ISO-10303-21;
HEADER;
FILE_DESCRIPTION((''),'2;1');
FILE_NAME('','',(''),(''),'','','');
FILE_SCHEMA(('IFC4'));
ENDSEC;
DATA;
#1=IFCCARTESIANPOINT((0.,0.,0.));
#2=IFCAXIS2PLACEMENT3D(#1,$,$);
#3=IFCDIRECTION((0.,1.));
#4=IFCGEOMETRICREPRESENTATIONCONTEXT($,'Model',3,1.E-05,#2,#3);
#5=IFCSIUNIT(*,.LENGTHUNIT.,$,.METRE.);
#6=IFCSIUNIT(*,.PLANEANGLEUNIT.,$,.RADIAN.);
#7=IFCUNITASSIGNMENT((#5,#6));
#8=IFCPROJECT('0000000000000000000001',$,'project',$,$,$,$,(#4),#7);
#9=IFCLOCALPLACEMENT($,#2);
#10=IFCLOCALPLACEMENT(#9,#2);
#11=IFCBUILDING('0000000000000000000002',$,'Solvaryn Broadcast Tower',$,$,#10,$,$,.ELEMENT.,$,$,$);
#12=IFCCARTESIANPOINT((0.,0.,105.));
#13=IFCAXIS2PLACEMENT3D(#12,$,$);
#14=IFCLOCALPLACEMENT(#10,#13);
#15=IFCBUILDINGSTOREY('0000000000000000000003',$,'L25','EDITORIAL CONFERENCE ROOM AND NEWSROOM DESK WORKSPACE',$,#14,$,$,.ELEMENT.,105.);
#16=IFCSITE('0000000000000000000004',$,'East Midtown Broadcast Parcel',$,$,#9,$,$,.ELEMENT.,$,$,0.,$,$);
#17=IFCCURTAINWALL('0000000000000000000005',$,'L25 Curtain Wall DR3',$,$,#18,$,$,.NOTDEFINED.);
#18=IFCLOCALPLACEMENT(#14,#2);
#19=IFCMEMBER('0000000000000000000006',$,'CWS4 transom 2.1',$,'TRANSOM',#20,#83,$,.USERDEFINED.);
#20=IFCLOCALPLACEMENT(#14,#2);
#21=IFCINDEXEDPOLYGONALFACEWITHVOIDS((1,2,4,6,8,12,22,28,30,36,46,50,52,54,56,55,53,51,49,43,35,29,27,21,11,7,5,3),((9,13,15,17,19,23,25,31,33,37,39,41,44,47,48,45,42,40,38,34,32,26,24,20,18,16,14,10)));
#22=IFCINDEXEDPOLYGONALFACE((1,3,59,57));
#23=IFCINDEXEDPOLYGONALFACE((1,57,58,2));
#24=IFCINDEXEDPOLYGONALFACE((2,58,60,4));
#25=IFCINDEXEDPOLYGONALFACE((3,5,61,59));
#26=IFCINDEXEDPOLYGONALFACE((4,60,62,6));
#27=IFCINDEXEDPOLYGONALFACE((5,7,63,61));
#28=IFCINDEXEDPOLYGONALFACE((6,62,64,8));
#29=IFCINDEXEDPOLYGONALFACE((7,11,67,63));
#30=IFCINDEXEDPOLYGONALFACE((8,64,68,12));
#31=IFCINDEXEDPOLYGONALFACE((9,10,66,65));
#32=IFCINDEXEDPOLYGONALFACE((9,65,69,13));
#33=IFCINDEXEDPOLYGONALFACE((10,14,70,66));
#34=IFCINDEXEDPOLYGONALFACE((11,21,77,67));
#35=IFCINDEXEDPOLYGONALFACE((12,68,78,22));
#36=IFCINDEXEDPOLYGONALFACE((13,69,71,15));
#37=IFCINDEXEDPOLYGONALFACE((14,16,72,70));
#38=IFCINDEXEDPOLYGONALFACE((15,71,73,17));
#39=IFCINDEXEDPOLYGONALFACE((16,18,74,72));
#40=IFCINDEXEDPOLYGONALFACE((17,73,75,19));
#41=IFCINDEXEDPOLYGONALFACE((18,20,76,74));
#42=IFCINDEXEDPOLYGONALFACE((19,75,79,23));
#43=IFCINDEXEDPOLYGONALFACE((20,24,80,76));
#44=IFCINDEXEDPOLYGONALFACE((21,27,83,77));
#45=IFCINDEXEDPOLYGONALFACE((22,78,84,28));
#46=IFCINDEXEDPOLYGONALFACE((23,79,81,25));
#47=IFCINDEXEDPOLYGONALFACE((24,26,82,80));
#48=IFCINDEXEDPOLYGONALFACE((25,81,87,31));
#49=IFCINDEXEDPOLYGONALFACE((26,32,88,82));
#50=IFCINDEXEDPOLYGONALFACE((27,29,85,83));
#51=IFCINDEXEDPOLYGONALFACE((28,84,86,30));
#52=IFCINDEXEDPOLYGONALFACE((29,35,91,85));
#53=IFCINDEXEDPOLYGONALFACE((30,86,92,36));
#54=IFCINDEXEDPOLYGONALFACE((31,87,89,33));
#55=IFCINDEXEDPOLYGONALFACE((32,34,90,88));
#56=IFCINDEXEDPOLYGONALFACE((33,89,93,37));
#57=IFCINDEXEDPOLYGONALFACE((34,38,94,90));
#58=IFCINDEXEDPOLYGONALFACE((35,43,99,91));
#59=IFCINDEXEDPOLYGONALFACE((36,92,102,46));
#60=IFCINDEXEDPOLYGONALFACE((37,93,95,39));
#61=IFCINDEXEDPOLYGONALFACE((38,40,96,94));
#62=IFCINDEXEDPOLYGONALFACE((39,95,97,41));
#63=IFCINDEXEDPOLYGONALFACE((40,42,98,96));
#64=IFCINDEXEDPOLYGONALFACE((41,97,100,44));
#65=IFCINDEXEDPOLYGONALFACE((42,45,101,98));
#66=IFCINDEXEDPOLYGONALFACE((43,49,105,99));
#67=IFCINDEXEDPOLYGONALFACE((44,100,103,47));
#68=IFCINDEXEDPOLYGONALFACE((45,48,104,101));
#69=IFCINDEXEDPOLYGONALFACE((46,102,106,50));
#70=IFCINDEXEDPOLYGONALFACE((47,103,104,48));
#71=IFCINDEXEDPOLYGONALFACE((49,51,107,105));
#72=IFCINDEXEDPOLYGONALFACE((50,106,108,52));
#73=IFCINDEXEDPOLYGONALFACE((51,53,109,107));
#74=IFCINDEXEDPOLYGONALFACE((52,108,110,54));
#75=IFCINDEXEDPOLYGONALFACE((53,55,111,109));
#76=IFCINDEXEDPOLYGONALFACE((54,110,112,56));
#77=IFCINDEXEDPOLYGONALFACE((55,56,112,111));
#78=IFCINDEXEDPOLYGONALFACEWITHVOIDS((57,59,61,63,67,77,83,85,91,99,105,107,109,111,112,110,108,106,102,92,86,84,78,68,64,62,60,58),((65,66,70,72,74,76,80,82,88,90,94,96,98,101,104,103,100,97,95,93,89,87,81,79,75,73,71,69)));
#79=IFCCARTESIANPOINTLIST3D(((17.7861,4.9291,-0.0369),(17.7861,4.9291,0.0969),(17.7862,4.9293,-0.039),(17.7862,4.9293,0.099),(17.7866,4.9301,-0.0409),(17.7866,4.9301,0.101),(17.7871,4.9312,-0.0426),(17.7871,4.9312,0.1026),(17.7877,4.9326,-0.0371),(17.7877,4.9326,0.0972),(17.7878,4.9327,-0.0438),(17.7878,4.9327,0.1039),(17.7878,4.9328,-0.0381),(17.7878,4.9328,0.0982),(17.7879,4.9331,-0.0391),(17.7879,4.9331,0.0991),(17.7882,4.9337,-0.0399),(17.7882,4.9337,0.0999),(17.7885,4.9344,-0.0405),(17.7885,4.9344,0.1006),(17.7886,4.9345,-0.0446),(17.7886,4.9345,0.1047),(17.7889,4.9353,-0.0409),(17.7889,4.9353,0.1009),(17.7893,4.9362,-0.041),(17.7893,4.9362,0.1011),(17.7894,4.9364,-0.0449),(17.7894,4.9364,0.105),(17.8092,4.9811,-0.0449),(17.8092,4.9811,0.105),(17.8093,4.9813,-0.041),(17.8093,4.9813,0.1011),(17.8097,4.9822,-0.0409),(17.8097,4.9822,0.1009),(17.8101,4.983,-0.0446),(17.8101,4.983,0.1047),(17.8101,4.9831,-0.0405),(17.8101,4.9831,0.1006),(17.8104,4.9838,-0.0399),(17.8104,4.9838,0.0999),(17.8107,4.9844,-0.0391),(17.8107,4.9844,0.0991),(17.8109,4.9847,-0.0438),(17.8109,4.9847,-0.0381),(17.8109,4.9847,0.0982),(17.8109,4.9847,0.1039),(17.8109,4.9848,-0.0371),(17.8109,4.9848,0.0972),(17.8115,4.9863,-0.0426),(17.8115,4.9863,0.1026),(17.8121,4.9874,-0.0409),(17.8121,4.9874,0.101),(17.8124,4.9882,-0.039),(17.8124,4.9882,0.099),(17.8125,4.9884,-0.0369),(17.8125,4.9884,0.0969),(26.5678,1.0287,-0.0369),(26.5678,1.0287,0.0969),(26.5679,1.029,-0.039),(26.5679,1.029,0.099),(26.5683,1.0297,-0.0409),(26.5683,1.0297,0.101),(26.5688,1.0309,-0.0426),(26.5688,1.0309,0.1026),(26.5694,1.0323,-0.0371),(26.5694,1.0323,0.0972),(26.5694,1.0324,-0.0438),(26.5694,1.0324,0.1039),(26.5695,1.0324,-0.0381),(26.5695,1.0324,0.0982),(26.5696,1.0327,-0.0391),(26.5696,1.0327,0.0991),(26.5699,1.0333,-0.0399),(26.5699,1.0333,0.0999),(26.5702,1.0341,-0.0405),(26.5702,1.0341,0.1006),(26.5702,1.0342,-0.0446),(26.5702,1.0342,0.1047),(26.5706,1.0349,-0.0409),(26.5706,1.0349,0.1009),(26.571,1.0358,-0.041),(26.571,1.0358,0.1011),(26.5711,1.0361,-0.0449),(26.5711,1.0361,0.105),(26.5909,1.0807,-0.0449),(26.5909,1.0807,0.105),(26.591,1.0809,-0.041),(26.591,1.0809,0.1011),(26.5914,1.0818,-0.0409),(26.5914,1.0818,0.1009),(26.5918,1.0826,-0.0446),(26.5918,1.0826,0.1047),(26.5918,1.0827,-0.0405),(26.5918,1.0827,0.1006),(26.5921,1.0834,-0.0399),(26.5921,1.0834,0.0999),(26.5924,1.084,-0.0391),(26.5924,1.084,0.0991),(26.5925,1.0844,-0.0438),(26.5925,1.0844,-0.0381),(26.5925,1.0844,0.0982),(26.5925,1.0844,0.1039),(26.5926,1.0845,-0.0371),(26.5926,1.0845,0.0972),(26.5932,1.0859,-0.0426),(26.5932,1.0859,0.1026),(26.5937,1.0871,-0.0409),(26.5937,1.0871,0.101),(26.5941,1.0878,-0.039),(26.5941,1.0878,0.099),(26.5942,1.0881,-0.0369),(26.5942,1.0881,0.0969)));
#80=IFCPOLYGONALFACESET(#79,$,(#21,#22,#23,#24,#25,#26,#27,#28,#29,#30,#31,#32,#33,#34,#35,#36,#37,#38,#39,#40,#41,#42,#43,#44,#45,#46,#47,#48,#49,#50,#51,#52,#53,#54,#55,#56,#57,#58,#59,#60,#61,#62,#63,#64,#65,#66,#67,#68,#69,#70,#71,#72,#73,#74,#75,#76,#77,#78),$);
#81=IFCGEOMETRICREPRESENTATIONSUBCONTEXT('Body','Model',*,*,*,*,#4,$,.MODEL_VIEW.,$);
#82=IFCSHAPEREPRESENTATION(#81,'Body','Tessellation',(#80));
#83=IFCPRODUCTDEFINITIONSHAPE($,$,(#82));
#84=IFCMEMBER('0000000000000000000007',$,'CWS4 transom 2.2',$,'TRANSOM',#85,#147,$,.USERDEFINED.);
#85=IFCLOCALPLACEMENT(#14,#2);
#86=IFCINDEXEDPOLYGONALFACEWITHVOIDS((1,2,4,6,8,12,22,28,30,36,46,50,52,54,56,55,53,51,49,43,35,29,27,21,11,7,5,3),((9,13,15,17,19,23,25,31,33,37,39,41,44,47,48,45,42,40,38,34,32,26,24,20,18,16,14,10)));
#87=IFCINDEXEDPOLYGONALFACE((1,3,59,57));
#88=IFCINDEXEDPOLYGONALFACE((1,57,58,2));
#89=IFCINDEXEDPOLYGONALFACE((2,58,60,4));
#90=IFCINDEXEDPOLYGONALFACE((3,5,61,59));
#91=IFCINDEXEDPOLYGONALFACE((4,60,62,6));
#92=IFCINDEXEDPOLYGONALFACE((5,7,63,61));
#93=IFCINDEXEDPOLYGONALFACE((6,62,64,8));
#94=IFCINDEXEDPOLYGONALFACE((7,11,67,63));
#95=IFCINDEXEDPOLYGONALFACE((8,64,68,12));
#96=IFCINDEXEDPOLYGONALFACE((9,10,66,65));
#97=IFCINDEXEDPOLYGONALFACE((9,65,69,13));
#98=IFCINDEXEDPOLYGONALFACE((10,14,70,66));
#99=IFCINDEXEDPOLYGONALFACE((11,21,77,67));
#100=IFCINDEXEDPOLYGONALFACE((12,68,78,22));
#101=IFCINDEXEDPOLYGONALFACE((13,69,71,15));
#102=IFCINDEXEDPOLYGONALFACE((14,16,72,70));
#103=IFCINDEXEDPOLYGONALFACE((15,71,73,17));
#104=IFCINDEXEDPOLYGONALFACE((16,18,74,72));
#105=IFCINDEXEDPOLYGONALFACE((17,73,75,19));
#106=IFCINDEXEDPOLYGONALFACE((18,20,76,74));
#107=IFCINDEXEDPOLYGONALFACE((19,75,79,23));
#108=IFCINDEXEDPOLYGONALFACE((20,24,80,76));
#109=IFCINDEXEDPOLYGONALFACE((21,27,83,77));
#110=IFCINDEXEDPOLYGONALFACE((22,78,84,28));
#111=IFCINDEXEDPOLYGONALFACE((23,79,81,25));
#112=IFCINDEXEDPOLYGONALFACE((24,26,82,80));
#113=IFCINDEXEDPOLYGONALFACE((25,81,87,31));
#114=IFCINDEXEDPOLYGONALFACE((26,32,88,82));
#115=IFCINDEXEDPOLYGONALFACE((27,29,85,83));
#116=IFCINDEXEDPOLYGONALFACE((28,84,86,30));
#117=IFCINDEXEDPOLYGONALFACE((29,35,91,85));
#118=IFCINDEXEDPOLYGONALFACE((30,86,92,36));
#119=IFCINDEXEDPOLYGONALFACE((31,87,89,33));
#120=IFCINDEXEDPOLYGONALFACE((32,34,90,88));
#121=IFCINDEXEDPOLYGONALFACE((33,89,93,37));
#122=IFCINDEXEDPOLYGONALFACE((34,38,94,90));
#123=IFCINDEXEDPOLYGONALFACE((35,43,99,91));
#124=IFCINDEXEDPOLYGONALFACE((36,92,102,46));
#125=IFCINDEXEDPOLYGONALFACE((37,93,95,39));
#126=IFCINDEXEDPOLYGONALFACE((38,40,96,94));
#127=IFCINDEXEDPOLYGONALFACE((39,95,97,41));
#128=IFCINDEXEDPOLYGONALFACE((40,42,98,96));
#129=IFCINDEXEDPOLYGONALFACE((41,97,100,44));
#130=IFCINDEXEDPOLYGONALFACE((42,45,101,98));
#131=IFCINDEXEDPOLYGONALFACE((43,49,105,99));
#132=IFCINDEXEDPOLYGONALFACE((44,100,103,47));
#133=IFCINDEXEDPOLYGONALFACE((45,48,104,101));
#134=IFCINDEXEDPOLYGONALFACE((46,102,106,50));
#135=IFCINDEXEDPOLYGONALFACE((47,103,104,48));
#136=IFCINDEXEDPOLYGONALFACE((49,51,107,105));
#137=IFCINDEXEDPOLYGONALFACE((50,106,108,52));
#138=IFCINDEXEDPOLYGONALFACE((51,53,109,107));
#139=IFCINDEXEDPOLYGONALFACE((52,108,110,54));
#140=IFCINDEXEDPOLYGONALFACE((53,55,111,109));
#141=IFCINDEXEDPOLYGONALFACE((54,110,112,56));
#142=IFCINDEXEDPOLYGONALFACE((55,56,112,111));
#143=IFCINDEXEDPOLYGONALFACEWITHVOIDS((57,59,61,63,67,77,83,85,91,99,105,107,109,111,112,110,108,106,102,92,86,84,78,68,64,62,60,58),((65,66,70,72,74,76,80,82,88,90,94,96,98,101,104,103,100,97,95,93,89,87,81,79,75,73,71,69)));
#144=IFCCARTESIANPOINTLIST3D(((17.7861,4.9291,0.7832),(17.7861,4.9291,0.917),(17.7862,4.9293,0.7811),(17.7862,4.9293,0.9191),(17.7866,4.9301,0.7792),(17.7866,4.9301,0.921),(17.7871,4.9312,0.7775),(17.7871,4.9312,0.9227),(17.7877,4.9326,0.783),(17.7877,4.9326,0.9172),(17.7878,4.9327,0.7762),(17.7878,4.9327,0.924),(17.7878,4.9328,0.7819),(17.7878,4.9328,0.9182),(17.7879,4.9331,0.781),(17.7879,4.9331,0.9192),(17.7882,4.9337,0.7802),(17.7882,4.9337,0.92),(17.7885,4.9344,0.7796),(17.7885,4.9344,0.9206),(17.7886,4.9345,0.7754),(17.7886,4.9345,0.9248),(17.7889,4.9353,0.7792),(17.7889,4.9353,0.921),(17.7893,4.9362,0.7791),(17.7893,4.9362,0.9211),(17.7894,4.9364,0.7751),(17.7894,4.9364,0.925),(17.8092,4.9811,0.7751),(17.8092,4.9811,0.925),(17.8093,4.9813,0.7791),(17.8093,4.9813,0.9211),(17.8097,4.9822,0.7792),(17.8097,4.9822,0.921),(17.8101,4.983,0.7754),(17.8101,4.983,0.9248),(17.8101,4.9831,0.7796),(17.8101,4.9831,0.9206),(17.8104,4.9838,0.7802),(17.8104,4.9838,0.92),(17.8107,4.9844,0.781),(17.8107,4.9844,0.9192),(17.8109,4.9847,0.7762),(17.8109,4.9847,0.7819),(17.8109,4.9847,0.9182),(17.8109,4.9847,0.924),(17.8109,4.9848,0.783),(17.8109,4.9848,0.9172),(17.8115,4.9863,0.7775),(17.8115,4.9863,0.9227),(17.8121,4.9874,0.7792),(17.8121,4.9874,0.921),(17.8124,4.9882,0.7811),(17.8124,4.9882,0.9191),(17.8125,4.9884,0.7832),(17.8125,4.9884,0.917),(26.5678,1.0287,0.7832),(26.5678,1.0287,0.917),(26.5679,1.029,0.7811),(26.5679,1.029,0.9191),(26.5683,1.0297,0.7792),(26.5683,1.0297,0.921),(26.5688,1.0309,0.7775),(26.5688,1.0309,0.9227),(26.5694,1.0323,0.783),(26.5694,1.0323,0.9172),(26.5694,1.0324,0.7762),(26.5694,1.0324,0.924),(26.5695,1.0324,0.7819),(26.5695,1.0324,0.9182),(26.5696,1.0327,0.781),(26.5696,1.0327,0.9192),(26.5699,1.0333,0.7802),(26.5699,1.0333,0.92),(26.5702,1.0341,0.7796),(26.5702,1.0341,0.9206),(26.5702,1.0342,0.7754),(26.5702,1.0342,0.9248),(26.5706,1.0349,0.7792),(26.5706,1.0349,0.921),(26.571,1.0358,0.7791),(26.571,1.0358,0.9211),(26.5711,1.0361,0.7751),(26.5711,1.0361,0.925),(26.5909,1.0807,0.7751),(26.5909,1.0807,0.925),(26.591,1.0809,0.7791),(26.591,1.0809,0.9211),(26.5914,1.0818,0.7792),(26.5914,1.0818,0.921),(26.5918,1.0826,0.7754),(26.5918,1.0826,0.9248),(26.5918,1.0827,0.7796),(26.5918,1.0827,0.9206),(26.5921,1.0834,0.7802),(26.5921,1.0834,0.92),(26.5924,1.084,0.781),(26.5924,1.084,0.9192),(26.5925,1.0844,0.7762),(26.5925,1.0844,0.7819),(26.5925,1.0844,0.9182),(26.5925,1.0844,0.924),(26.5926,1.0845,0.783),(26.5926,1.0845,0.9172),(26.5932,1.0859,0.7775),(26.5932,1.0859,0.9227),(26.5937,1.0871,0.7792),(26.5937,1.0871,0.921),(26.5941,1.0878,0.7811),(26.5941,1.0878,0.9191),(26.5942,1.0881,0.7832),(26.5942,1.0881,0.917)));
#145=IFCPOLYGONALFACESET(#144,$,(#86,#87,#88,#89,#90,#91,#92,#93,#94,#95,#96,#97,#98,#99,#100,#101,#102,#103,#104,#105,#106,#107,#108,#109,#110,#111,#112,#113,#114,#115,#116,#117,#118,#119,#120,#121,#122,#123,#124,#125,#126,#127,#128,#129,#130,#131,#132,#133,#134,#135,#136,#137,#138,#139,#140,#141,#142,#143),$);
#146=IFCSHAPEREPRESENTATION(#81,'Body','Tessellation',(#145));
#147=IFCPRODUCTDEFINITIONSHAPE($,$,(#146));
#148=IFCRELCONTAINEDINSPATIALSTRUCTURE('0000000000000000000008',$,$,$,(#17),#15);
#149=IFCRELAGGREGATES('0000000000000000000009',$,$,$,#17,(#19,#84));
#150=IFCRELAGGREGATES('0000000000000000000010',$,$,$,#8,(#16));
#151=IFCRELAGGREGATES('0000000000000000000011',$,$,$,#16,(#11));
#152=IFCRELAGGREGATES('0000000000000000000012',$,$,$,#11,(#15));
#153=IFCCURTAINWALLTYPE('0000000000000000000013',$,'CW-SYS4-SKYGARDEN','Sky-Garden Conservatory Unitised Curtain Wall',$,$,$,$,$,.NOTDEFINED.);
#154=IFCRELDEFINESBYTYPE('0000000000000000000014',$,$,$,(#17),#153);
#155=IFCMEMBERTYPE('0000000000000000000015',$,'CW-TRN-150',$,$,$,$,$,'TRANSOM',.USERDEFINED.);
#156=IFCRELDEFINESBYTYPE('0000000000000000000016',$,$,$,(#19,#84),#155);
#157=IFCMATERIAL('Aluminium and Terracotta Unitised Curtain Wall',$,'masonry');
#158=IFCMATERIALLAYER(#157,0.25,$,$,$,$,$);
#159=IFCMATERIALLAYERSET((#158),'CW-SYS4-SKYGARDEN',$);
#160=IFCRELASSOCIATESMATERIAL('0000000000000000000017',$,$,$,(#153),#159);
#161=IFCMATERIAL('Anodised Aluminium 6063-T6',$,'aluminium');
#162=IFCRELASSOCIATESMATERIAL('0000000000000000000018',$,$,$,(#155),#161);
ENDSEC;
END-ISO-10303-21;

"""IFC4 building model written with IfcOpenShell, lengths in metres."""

from ifc_helpers import new_model, si_unit, direction, frame, origin, origin_2d, place, context, subcontext, project, spatial, hollow_rectangle, extrude, material, layer, layer_set, material_profile, profile_set, type_object, element, aggregate, save


model = new_model("IFC4")

# Units and contexts
model_context = context("Model", 3, precision=1e-05, world=origin(), true_north=direction((0.0, 1.0)))
body_context = subcontext(model_context, "Body", "Model", "MODEL_VIEW")
ifc_project = project(units=[si_unit("LENGTHUNIT", "METRE"), si_unit("PLANEANGLEUNIT", "RADIAN")], contexts=[model_context])

# Site, building, storey
site_placement = place(None, origin())
site = spatial("IfcSite", under=ifc_project, at=site_placement, Name="East Midtown Broadcast Parcel", CompositionType="ELEMENT", RefElevation=0.0)
building_placement = place(site_placement, origin())
building = spatial("IfcBuilding", under=site, at=building_placement, Name="Solvaryn Broadcast Tower", CompositionType="ELEMENT")
storey_placement = place(building_placement, frame((0.0, 0.0, 105.0)))
storey = spatial("IfcBuildingStorey", under=building, at=storey_placement, Name="L25", Description="EDITORIAL CONFERENCE ROOM AND NEWSROOM DESK WORKSPACE", CompositionType="ELEMENT", Elevation=105.0)

# Shared definitions
ifc_material_1 = material(Name="Aluminium and Terracotta Unitised Curtain Wall", Category="masonry")
ifc_layer_1 = layer(ifc_material_1, 0.25)
ifc_layer_set_1 = layer_set([ifc_layer_1], Name="CW-SYS4-SKYGARDEN")
curtain_wall_type = type_object("IfcCurtainWallType", Name="CW-SYS4-SKYGARDEN", Description="Sky-Garden Conservatory Unitised Curtain Wall", PredefinedType="NOTDEFINED", material=ifc_layer_set_1)

# Curtain wall, members
curtain_wall_1_placement = place(storey_placement, origin())
curtain_wall_1 = element("IfcCurtainWall", 1, at=curtain_wall_1_placement, inside=storey, type_object=curtain_wall_type, Name="L25 Curtain Wall DR3", PredefinedType="NOTDEFINED")
ifc_material_2 = material(Name="Anodised Aluminium 6063-T6", Category="aluminium")
ifc_material_profile_1 = material_profile(ifc_material_2, hollow_rectangle(XDim=0.0649, YDim=0.1499, WallThickness=0.0039, InnerFilletRadius=0.0039, OuterFilletRadius=0.0081, at=origin_2d()))
ifc_profile_set_1 = profile_set([ifc_material_profile_1], Name="Anodised Aluminium 6063-T6")
member_type_1 = type_object("IfcMemberType", Name="CW-TRN-150", ElementType="TRANSOM", PredefinedType="USERDEFINED", material=ifc_profile_set_1)
member_1_placement = place(storey_placement, frame((17.7993, 4.9587, 0.03), z_axis=(0.913912, -0.405912, 0.0), x_axis=(0.405912, 0.913912, 0.0)))
member_1 = element("IfcMember", 2, at=member_1_placement, type_object=member_type_1, Name="CWS4 transom 2.1", ObjectType="TRANSOM", PredefinedType="USERDEFINED", context=body_context, shape_type="SweptSolid", body=[
    extrude(hollow_rectangle(XDim=0.0649, YDim=0.1499, WallThickness=0.0039, InnerFilletRadius=0.0039, OuterFilletRadius=0.0081, at=origin_2d()), origin(), (0.0, 0.0, 1.0), 9.6089),
])
member_2_placement = place(storey_placement, frame((17.7993, 4.9587, 0.8501), z_axis=(0.913912, -0.405912, 0.0), x_axis=(0.405912, 0.913912, 0.0)))
member_2 = element("IfcMember", 3, at=member_2_placement, type_object=member_type_1, Name="CWS4 transom 2.2", ObjectType="TRANSOM", PredefinedType="USERDEFINED", context=body_context, shape_type="SweptSolid", body=[
    extrude(hollow_rectangle(XDim=0.0649, YDim=0.1499, WallThickness=0.0039, InnerFilletRadius=0.0039, OuterFilletRadius=0.0081, at=origin_2d()), origin(), (0.0, 0.0, 1.0), 9.6089),
])

aggregate(curtain_wall_1, [member_1, member_2])

save(model, "model.ifc")
